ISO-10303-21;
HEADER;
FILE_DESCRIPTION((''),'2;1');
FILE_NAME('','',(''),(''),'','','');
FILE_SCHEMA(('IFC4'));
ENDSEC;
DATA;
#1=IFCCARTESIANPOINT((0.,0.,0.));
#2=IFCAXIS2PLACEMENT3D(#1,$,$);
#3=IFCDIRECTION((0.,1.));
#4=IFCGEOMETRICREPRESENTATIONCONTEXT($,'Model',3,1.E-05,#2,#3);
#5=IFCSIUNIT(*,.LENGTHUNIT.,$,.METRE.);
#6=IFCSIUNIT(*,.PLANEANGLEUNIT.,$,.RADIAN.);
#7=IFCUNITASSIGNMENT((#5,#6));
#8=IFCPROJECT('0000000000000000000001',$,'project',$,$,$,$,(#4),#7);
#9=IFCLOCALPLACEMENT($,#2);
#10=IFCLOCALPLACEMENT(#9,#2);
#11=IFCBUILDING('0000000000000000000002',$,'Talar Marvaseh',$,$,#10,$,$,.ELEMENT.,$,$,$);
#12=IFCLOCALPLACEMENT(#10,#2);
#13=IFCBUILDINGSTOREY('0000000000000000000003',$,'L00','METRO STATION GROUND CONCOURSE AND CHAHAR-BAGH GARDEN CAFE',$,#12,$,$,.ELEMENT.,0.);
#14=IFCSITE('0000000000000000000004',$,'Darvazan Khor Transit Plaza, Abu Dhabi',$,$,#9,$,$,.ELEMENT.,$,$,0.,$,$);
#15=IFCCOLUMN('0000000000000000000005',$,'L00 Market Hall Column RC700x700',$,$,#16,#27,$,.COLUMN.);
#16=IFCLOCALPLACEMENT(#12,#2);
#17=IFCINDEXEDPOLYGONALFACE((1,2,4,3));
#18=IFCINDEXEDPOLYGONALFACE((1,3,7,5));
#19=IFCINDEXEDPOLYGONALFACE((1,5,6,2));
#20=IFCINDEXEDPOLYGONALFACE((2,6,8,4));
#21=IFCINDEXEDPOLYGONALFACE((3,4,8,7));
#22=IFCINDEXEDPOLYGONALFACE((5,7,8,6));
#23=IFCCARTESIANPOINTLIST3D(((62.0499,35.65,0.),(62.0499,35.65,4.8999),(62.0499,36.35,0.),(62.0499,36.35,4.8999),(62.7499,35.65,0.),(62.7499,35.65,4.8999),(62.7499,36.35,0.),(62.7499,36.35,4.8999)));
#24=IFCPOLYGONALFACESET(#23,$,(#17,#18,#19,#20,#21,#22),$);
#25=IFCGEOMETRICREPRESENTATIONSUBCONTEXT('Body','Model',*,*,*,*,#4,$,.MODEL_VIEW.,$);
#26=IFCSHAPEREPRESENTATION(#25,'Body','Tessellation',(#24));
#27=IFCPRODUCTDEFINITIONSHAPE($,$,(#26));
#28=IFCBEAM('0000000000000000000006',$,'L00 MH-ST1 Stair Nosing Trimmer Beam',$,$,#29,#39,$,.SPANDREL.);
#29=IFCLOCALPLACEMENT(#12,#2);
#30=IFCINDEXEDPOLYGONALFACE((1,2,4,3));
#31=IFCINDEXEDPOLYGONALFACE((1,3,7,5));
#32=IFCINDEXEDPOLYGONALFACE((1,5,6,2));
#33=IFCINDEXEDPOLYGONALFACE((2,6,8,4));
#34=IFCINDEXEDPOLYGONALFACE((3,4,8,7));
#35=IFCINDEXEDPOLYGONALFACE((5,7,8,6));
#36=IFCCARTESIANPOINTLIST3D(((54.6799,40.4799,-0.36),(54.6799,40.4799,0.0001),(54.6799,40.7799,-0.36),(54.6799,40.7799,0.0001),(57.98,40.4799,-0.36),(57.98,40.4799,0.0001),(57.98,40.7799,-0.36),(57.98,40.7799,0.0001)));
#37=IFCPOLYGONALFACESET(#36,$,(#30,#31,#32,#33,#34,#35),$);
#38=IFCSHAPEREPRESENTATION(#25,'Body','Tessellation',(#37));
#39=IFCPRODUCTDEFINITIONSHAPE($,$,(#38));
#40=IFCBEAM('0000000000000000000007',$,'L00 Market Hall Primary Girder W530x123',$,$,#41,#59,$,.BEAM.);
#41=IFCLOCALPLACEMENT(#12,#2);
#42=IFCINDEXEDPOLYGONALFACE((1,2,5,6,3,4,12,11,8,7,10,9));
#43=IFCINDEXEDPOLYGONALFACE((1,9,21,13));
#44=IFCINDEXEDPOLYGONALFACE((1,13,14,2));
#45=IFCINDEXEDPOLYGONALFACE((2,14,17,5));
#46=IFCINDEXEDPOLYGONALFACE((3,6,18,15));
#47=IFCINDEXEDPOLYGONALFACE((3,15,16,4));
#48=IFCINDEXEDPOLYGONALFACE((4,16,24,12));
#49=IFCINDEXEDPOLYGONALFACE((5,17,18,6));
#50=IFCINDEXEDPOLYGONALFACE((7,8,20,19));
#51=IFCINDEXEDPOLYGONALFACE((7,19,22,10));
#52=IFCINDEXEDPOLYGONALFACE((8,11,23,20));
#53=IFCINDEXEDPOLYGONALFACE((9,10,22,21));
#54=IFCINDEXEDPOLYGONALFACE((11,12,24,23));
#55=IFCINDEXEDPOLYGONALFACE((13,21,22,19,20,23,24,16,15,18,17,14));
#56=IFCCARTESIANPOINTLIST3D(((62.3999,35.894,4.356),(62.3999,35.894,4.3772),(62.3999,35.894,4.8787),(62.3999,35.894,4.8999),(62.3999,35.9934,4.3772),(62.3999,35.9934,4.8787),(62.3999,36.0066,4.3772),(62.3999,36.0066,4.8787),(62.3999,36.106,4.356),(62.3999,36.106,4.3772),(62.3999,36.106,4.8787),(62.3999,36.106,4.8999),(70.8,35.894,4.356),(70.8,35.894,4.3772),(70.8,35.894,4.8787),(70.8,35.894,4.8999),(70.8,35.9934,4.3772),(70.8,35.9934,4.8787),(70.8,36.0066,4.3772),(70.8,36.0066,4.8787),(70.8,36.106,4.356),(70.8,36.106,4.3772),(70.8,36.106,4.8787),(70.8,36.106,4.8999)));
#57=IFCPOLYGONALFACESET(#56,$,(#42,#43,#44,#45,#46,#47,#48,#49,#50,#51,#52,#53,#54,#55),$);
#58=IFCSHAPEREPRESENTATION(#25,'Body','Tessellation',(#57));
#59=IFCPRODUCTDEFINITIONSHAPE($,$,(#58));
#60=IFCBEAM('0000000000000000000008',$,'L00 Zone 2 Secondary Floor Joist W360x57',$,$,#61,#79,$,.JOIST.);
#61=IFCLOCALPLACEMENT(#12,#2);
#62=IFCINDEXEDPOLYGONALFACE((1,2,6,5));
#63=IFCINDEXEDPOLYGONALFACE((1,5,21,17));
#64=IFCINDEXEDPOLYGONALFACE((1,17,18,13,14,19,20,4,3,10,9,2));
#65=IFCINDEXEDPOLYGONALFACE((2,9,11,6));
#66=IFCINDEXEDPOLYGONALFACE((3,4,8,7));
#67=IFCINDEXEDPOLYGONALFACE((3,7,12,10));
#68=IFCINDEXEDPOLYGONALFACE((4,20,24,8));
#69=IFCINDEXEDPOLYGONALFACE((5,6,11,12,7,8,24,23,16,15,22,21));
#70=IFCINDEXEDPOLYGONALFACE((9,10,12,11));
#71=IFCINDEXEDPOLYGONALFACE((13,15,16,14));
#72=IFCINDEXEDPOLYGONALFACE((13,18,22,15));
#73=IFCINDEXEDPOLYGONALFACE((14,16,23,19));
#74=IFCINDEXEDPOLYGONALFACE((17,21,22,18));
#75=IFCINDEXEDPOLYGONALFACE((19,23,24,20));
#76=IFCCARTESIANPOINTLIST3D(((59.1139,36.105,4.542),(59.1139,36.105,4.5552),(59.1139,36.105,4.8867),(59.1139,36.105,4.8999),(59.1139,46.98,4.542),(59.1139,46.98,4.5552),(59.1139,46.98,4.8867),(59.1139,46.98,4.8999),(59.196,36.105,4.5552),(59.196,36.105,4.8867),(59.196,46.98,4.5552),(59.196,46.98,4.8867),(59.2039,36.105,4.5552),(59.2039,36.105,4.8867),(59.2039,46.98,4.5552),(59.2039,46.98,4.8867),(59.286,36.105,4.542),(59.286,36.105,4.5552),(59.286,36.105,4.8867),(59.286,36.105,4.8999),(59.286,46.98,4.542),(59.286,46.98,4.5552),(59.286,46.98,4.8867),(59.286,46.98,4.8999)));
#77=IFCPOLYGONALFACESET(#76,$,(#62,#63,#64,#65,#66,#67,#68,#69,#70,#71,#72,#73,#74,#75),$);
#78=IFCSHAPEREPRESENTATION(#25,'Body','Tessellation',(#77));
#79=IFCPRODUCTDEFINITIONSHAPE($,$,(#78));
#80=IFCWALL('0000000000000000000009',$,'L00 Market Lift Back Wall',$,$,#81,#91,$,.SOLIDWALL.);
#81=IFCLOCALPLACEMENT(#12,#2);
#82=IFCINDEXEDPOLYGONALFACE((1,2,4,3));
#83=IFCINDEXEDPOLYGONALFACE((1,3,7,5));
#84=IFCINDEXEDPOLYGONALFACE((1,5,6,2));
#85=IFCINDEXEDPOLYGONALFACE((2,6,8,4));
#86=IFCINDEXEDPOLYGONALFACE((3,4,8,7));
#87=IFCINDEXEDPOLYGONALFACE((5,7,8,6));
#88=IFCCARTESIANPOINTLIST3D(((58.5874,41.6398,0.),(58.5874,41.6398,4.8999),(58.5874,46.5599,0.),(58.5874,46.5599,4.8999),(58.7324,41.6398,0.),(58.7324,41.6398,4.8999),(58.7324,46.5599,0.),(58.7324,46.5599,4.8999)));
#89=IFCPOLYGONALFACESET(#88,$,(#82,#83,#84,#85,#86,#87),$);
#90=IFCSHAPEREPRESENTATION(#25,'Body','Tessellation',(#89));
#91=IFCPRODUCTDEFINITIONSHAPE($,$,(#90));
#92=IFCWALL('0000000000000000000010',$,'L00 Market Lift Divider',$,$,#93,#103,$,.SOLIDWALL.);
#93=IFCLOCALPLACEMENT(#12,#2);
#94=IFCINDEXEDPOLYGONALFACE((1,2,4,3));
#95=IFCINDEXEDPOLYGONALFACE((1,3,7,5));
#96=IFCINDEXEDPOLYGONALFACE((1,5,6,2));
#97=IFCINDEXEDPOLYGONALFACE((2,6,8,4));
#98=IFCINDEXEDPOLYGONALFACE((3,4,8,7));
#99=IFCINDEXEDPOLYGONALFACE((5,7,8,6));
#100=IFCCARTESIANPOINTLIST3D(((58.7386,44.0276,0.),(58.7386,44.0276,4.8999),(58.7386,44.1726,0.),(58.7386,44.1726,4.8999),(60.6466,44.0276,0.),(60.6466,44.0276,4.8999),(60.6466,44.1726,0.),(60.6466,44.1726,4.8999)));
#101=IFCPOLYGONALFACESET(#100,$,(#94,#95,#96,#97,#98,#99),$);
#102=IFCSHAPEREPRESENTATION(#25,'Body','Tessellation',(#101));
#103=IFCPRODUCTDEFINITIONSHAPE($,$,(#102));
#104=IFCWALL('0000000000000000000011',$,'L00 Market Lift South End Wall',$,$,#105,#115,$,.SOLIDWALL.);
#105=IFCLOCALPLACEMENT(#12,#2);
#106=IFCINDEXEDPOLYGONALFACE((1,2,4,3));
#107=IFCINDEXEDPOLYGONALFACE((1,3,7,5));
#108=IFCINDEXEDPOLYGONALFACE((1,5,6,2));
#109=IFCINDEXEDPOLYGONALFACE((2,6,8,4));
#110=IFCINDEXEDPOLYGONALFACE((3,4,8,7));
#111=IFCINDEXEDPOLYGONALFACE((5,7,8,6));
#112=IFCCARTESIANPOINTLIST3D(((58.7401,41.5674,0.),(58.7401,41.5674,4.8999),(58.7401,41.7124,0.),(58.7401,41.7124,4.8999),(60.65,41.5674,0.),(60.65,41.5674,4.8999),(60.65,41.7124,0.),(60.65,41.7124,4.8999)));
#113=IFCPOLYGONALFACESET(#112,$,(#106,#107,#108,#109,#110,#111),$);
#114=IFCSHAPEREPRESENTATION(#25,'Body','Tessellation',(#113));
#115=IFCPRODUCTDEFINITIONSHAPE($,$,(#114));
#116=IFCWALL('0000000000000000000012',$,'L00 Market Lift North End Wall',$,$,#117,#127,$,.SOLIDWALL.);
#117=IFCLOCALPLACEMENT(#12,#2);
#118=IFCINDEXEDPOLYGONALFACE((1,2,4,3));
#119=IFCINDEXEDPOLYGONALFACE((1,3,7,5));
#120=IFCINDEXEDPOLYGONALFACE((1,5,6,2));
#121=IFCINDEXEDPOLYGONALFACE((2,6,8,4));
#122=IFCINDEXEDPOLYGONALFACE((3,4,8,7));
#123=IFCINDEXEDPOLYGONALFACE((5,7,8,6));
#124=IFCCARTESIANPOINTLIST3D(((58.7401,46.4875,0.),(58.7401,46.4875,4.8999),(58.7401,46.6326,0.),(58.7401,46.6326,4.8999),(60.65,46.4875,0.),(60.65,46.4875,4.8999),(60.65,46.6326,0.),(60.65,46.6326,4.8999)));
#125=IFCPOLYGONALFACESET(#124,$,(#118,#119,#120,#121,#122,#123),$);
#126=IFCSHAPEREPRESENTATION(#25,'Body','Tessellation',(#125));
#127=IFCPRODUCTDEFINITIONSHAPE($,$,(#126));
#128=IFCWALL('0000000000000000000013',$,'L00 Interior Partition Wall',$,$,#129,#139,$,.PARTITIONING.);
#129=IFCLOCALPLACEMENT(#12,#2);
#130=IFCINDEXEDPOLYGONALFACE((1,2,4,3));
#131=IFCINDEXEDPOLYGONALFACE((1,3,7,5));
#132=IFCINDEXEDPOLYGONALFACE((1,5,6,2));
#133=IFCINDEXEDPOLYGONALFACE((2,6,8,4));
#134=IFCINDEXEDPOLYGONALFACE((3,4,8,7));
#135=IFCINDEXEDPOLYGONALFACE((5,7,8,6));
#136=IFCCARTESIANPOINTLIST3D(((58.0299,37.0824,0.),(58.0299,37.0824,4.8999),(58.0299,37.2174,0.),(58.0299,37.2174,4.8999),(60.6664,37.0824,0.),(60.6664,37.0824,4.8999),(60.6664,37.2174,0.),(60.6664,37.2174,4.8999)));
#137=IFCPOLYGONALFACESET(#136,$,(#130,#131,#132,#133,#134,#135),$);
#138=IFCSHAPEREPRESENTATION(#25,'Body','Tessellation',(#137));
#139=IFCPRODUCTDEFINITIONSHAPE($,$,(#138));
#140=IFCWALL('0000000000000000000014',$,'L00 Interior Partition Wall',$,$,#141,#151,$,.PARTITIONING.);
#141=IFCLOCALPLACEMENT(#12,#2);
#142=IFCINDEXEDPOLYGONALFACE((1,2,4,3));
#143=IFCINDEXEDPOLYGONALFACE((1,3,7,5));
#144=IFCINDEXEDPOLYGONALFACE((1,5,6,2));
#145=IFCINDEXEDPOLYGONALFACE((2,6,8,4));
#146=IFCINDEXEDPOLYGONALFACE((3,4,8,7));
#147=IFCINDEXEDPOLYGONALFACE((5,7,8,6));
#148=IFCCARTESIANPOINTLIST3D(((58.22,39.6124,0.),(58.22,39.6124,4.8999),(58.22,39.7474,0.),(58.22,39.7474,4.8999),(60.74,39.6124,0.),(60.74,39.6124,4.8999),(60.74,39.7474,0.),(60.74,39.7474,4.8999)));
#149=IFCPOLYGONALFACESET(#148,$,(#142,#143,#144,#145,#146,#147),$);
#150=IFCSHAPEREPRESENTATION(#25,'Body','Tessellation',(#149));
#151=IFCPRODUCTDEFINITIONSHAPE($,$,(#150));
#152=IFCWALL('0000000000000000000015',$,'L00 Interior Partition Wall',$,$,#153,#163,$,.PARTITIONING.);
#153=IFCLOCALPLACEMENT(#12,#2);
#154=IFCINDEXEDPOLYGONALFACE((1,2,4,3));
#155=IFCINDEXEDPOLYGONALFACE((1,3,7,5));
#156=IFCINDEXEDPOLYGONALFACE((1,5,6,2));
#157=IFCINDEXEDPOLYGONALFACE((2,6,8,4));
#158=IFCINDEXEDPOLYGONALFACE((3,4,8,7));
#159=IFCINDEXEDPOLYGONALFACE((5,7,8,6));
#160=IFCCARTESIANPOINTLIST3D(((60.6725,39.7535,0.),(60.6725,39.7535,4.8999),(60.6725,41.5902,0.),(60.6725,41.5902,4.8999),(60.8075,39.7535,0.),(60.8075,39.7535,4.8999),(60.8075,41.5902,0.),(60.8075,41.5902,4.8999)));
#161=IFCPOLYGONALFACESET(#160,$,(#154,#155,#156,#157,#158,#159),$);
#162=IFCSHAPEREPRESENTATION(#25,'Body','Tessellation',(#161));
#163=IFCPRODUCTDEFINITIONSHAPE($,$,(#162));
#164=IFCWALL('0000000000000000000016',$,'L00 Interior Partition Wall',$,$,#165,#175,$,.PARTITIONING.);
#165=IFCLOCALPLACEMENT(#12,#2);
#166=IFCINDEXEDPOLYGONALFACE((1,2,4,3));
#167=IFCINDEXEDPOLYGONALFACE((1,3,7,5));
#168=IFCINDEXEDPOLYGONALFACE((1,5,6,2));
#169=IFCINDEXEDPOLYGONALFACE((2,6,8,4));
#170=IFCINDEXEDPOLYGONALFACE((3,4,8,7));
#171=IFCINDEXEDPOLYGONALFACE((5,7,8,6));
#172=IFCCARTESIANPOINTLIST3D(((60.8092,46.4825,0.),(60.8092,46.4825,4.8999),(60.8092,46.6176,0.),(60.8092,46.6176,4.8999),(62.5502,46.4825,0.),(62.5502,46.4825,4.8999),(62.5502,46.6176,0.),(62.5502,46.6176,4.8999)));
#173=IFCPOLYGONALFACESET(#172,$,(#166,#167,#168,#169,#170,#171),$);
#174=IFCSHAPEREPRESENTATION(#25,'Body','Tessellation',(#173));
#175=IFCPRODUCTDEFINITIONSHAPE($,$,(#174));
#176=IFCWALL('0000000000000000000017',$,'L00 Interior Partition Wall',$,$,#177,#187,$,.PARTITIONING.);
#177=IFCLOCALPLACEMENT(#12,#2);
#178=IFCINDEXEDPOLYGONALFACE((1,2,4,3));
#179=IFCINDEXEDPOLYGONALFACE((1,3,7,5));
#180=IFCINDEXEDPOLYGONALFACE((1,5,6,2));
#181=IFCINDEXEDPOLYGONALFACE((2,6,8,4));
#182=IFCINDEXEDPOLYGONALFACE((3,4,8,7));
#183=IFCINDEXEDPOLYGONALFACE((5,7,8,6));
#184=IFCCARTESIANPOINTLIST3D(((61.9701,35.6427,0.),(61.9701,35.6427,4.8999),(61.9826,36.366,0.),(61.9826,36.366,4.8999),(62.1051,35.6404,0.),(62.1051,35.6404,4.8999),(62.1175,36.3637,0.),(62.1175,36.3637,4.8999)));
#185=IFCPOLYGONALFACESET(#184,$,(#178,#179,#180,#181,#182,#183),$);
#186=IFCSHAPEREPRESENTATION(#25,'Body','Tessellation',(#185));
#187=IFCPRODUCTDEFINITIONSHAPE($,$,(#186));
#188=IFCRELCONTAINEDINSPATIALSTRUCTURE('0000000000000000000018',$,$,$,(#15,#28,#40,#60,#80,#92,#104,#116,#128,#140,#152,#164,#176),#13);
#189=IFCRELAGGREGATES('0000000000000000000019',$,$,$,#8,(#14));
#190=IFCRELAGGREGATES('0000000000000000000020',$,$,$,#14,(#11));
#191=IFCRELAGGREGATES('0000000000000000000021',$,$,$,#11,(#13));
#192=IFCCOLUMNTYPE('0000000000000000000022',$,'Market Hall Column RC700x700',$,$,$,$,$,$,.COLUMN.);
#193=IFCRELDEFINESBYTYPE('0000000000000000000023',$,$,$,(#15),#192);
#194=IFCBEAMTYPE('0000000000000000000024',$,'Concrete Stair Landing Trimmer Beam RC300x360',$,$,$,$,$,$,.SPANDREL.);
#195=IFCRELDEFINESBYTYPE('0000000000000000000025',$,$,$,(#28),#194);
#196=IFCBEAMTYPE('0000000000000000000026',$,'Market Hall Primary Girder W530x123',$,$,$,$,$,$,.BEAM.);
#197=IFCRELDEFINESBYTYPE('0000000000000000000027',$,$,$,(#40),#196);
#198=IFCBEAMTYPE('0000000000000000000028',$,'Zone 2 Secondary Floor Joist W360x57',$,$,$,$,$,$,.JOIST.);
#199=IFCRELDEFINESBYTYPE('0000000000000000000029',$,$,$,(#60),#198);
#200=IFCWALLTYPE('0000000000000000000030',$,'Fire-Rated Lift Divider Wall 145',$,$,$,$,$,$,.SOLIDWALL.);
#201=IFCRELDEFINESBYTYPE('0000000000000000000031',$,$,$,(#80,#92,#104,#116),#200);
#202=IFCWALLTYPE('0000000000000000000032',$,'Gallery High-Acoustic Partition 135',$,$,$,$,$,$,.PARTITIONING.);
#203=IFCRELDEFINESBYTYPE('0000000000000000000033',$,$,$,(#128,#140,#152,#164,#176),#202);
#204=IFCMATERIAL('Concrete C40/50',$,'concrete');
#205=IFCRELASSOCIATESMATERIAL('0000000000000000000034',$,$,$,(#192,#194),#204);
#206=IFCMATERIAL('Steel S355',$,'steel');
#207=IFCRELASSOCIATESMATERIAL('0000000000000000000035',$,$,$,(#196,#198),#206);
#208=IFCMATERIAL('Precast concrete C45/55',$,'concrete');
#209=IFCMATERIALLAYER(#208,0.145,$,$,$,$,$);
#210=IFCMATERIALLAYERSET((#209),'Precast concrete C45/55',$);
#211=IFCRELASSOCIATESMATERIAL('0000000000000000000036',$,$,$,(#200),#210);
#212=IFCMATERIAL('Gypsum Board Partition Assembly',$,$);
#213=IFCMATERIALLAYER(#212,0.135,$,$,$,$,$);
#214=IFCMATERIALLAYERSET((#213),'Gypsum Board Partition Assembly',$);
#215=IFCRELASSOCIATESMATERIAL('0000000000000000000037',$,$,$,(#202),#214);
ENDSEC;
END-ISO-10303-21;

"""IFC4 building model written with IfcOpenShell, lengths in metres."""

from ifc_helpers import new_model, si_unit, direction, frame, frame_2d, origin, origin_2d, place, context, subcontext, project, spatial, rectangle, i_section, extrude, material, layer, layer_set, material_profile, profile_set, type_object, element, save


model = new_model("IFC4")

# Units and contexts
model_context = context("Model", 3, precision=1e-05, world=origin(), true_north=direction((0.0, 1.0)))
body_context = subcontext(model_context, "Body", "Model", "MODEL_VIEW")
ifc_project = project(units=[si_unit("LENGTHUNIT", "METRE"), si_unit("PLANEANGLEUNIT", "RADIAN")], contexts=[model_context])

# Site, building, storey
site_placement = place(None, origin())
site = spatial("IfcSite", under=ifc_project, at=site_placement, Name="Darvazan Khor Transit Plaza, Abu Dhabi", CompositionType="ELEMENT", RefElevation=0.0)
building_placement = place(site_placement, origin())
building = spatial("IfcBuilding", under=site, at=building_placement, Name="Talar Marvaseh", CompositionType="ELEMENT")
storey_placement = place(building_placement, origin())
storey = spatial("IfcBuildingStorey", under=building, at=storey_placement, Name="L00", Description="METRO STATION GROUND CONCOURSE AND CHAHAR-BAGH GARDEN CAFE", CompositionType="ELEMENT", Elevation=0.0)

# Column
ifc_material_1 = material(Name="Concrete C40/50", Category="concrete")
ifc_material_profile_1 = material_profile(ifc_material_1, rectangle(XDim=0.7, YDim=0.7, at=origin_2d()), Name="RC700x700")
ifc_profile_set_1 = profile_set([ifc_material_profile_1], Name="Concrete C40/50")
column_type = type_object("IfcColumnType", Name="Market Hall Column RC700x700", PredefinedType="COLUMN", material=ifc_profile_set_1)
column_placement = place(storey_placement, frame((62.3999, 36.0, 0.0), z_axis=(0.0, 0.0, 1.0), x_axis=(1.0, 0.0, 0.0)))
element("IfcColumn", 1, at=column_placement, inside=storey, type_object=column_type, Name="L00 Market Hall Column RC700x700", PredefinedType="COLUMN", context=body_context, shape_type="SweptSolid", body=[
    extrude(rectangle(XDim=0.7, YDim=0.7, at=origin_2d()), origin(), (0.0, 0.0, 1.0), 4.8999),
])

# Beams
ifc_material_profile_2 = material_profile(ifc_material_1, rectangle(XDim=0.3, YDim=0.3601, at=origin_2d()), Name="RC300x360")
ifc_profile_set_2 = profile_set([ifc_material_profile_2], Name="Concrete C40/50")
beam_type_1 = type_object("IfcBeamType", Name="Concrete Stair Landing Trimmer Beam RC300x360", PredefinedType="SPANDREL", material=ifc_profile_set_2)
beam_1_placement = place(storey_placement, frame((57.98, 40.6299, -0.1799), z_axis=(-1.0, 0.0, 0.0), x_axis=(0.0, -1.0, 0.0)))
element("IfcBeam", 2, at=beam_1_placement, inside=storey, type_object=beam_type_1, Name="L00 MH-ST1 Stair Nosing Trimmer Beam", PredefinedType="SPANDREL", context=body_context, shape_type="SweptSolid", body=[
    extrude(rectangle(XDim=0.3, YDim=0.3601, at=origin_2d()), origin(), (0.0, 0.0, 1.0), 3.3),
])
ifc_material_2 = material(Name="Steel S355", Category="steel")
ifc_material_profile_3 = material_profile(ifc_material_2, i_section(OverallWidth=0.2119, OverallDepth=0.5439, WebThickness=0.0132, FlangeThickness=0.0212, at=origin_2d()), Name="W530x123")
ifc_profile_set_3 = profile_set([ifc_material_profile_3], Name="Steel S355")
beam_type_2 = type_object("IfcBeamType", Name="Market Hall Primary Girder W530x123", PredefinedType="BEAM", material=ifc_profile_set_3)
beam_2_placement = place(storey_placement, frame((62.3999, 36.0, 4.6279), z_axis=(1.0, 0.0, 0.0), x_axis=(0.0, 1.0, 0.0)))
element("IfcBeam", 3, at=beam_2_placement, inside=storey, type_object=beam_type_2, Name="L00 Market Hall Primary Girder W530x123", PredefinedType="BEAM", context=body_context, shape_type="SweptSolid", body=[
    extrude(i_section(OverallWidth=0.2119, OverallDepth=0.5439, WebThickness=0.0132, FlangeThickness=0.0212, at=origin_2d()), origin(), (0.0, 0.0, 1.0), 8.4001),
])
ifc_material_profile_4 = material_profile(ifc_material_2, i_section(OverallWidth=0.1721, OverallDepth=0.3579, WebThickness=0.0078, FlangeThickness=0.0132, at=origin_2d()), Name="W360x57")
ifc_profile_set_4 = profile_set([ifc_material_profile_4], Name="Steel S355")
beam_type_3 = type_object("IfcBeamType", Name="Zone 2 Secondary Floor Joist W360x57", PredefinedType="JOIST", material=ifc_profile_set_4)
beam_3_placement = place(storey_placement, frame((59.2, 36.105, 4.7209), z_axis=(0.0, 1.0, 0.0), x_axis=(-1.0, 0.0, 0.0)))
element("IfcBeam", 4, at=beam_3_placement, inside=storey, type_object=beam_type_3, Name="L00 Zone 2 Secondary Floor Joist W360x57", PredefinedType="JOIST", context=body_context, shape_type="SweptSolid", body=[
    extrude(i_section(OverallWidth=0.1721, OverallDepth=0.3579, WebThickness=0.0078, FlangeThickness=0.0132, at=origin_2d()), origin(), (0.0, 0.0, 1.0), 10.875),
])

# Walls
ifc_material_3 = material(Name="Precast concrete C45/55", Category="concrete")
ifc_layer_1 = layer(ifc_material_3, 0.145)
ifc_layer_set_1 = layer_set([ifc_layer_1], Name="Precast concrete C45/55")
wall_type_1 = type_object("IfcWallType", Name="Fire-Rated Lift Divider Wall 145", PredefinedType="SOLIDWALL", material=ifc_layer_set_1)
wall_1_placement = place(storey_placement, frame((58.6599, 41.6399, 0.0), z_axis=(0.0, 0.0, 1.0), x_axis=(0.0, 1.0, 0.0)))
element("IfcWall", 5, at=wall_1_placement, inside=storey, type_object=wall_type_1, Name="L00 Market Lift Back Wall", PredefinedType="SOLIDWALL", context=body_context, shape_type="SweptSolid", body=[
    extrude(rectangle(XDim=4.9202, YDim=0.145, at=frame_2d((2.46, 0.0))), origin(), (0.0, 0.0, 1.0), 4.8999),
])
wall_2_placement = place(storey_placement, frame((58.7385, 44.1001, 0.0), z_axis=(0.0, 0.0, 1.0), x_axis=(1.0, 0.0, 0.0)))
element("IfcWall", 6, at=wall_2_placement, inside=storey, type_object=wall_type_1, Name="L00 Market Lift Divider", PredefinedType="SOLIDWALL", context=body_context, shape_type="SweptSolid", body=[
    extrude(rectangle(XDim=1.908, YDim=0.145, at=frame_2d((0.9541, 0.0))), origin(), (0.0, 0.0, 1.0), 4.8999),
])
for number, where, z_axis, x_axis, name in (
    (7, (58.74, 41.6399, 0.0), (0.0, 0.0, 1.0), (1.0, 0.0, 0.0), "L00 Market Lift South End Wall"),
    (8, (58.74, 46.5601, 0.0), (0.0, 0.0, 1.0), (1.0, 0.0, 0.0), "L00 Market Lift North End Wall"),
):
    element("IfcWall", number, at=place(storey_placement, frame(where, z_axis=z_axis, x_axis=x_axis)), inside=storey, type_object=wall_type_1, Name=name, PredefinedType="SOLIDWALL", context=body_context, shape_type="SweptSolid", body=[
        extrude(rectangle(XDim=1.9099, YDim=0.145, at=frame_2d((0.9551, 0.0))), origin(), (0.0, 0.0, 1.0), 4.8999),
    ])

# Shared definitions
ifc_material_4 = material(Name="Gypsum Board Partition Assembly")
ifc_layer_2 = layer(ifc_material_4, 0.135)
ifc_layer_set_2 = layer_set([ifc_layer_2], Name="Gypsum Board Partition Assembly")
wall_type_2 = type_object("IfcWallType", Name="Gallery High-Acoustic Partition 135", PredefinedType="PARTITIONING", material=ifc_layer_set_2)

# Walls
wall_3_placement = place(storey_placement, frame((60.6665, 37.1499, 0.0), z_axis=(0.0, 0.0, 1.0), x_axis=(-1.0, 0.0, 0.0)))
element("IfcWall", 9, at=wall_3_placement, inside=storey, type_object=wall_type_2, Name="L00 Interior Partition Wall", PredefinedType="PARTITIONING", context=body_context, shape_type="SweptSolid", body=[
    extrude(rectangle(XDim=2.6365, YDim=0.135, at=frame_2d((1.3184, 0.0))), origin(), (0.0, 0.0, 1.0), 4.8999),
])
wall_4_placement = place(storey_placement, frame((58.22, 39.6799, 0.0), z_axis=(0.0, 0.0, 1.0), x_axis=(1.0, 0.0, 0.0)))
element("IfcWall", 10, at=wall_4_placement, inside=storey, type_object=wall_type_2, Name="L00 Interior Partition Wall", PredefinedType="PARTITIONING", context=body_context, shape_type="SweptSolid", body=[
    extrude(rectangle(XDim=2.52, YDim=0.135, at=frame_2d((1.26, 0.0))), origin(), (0.0, 0.0, 1.0), 4.8999),
])
wall_5_placement = place(storey_placement, frame((60.74, 39.7534, 0.0), z_axis=(0.0, 0.0, 1.0), x_axis=(0.0, 1.0, 0.0)))
element("IfcWall", 11, at=wall_5_placement, inside=storey, type_object=wall_type_2, Name="L00 Interior Partition Wall", PredefinedType="PARTITIONING", context=body_context, shape_type="SweptSolid", body=[
    extrude(rectangle(XDim=1.8367, YDim=0.135, at=frame_2d((0.9185, 0.0))), origin(), (0.0, 0.0, 1.0), 4.8999),
])
wall_6_placement = place(storey_placement, frame((60.8091, 46.55, 0.0), z_axis=(0.0, 0.0, 1.0), x_axis=(1.0, 0.0, 0.0)))
element("IfcWall", 12, at=wall_6_placement, inside=storey, type_object=wall_type_2, Name="L00 Interior Partition Wall", PredefinedType="PARTITIONING", context=body_context, shape_type="SweptSolid", body=[
    extrude(rectangle(XDim=1.741, YDim=0.135, at=frame_2d((0.8706, 0.0))), origin(), (0.0, 0.0, 1.0), 4.8999),
])
wall_7_placement = place(storey_placement, frame((62.05, 36.365, 0.0), z_axis=(0.0, 0.0, 1.0), x_axis=(-0.01721, -0.999852, 0.0)))
element("IfcWall", 13, at=wall_7_placement, inside=storey, type_object=wall_type_2, Name="L00 Interior Partition Wall", PredefinedType="PARTITIONING", context=body_context, shape_type="SweptSolid", body=[
    extrude(rectangle(XDim=0.7234, YDim=0.135, at=frame_2d((0.3618, 0.0))), origin(), (0.0, 0.0, 1.0), 4.8999),
])

save(model, "model.ifc")
